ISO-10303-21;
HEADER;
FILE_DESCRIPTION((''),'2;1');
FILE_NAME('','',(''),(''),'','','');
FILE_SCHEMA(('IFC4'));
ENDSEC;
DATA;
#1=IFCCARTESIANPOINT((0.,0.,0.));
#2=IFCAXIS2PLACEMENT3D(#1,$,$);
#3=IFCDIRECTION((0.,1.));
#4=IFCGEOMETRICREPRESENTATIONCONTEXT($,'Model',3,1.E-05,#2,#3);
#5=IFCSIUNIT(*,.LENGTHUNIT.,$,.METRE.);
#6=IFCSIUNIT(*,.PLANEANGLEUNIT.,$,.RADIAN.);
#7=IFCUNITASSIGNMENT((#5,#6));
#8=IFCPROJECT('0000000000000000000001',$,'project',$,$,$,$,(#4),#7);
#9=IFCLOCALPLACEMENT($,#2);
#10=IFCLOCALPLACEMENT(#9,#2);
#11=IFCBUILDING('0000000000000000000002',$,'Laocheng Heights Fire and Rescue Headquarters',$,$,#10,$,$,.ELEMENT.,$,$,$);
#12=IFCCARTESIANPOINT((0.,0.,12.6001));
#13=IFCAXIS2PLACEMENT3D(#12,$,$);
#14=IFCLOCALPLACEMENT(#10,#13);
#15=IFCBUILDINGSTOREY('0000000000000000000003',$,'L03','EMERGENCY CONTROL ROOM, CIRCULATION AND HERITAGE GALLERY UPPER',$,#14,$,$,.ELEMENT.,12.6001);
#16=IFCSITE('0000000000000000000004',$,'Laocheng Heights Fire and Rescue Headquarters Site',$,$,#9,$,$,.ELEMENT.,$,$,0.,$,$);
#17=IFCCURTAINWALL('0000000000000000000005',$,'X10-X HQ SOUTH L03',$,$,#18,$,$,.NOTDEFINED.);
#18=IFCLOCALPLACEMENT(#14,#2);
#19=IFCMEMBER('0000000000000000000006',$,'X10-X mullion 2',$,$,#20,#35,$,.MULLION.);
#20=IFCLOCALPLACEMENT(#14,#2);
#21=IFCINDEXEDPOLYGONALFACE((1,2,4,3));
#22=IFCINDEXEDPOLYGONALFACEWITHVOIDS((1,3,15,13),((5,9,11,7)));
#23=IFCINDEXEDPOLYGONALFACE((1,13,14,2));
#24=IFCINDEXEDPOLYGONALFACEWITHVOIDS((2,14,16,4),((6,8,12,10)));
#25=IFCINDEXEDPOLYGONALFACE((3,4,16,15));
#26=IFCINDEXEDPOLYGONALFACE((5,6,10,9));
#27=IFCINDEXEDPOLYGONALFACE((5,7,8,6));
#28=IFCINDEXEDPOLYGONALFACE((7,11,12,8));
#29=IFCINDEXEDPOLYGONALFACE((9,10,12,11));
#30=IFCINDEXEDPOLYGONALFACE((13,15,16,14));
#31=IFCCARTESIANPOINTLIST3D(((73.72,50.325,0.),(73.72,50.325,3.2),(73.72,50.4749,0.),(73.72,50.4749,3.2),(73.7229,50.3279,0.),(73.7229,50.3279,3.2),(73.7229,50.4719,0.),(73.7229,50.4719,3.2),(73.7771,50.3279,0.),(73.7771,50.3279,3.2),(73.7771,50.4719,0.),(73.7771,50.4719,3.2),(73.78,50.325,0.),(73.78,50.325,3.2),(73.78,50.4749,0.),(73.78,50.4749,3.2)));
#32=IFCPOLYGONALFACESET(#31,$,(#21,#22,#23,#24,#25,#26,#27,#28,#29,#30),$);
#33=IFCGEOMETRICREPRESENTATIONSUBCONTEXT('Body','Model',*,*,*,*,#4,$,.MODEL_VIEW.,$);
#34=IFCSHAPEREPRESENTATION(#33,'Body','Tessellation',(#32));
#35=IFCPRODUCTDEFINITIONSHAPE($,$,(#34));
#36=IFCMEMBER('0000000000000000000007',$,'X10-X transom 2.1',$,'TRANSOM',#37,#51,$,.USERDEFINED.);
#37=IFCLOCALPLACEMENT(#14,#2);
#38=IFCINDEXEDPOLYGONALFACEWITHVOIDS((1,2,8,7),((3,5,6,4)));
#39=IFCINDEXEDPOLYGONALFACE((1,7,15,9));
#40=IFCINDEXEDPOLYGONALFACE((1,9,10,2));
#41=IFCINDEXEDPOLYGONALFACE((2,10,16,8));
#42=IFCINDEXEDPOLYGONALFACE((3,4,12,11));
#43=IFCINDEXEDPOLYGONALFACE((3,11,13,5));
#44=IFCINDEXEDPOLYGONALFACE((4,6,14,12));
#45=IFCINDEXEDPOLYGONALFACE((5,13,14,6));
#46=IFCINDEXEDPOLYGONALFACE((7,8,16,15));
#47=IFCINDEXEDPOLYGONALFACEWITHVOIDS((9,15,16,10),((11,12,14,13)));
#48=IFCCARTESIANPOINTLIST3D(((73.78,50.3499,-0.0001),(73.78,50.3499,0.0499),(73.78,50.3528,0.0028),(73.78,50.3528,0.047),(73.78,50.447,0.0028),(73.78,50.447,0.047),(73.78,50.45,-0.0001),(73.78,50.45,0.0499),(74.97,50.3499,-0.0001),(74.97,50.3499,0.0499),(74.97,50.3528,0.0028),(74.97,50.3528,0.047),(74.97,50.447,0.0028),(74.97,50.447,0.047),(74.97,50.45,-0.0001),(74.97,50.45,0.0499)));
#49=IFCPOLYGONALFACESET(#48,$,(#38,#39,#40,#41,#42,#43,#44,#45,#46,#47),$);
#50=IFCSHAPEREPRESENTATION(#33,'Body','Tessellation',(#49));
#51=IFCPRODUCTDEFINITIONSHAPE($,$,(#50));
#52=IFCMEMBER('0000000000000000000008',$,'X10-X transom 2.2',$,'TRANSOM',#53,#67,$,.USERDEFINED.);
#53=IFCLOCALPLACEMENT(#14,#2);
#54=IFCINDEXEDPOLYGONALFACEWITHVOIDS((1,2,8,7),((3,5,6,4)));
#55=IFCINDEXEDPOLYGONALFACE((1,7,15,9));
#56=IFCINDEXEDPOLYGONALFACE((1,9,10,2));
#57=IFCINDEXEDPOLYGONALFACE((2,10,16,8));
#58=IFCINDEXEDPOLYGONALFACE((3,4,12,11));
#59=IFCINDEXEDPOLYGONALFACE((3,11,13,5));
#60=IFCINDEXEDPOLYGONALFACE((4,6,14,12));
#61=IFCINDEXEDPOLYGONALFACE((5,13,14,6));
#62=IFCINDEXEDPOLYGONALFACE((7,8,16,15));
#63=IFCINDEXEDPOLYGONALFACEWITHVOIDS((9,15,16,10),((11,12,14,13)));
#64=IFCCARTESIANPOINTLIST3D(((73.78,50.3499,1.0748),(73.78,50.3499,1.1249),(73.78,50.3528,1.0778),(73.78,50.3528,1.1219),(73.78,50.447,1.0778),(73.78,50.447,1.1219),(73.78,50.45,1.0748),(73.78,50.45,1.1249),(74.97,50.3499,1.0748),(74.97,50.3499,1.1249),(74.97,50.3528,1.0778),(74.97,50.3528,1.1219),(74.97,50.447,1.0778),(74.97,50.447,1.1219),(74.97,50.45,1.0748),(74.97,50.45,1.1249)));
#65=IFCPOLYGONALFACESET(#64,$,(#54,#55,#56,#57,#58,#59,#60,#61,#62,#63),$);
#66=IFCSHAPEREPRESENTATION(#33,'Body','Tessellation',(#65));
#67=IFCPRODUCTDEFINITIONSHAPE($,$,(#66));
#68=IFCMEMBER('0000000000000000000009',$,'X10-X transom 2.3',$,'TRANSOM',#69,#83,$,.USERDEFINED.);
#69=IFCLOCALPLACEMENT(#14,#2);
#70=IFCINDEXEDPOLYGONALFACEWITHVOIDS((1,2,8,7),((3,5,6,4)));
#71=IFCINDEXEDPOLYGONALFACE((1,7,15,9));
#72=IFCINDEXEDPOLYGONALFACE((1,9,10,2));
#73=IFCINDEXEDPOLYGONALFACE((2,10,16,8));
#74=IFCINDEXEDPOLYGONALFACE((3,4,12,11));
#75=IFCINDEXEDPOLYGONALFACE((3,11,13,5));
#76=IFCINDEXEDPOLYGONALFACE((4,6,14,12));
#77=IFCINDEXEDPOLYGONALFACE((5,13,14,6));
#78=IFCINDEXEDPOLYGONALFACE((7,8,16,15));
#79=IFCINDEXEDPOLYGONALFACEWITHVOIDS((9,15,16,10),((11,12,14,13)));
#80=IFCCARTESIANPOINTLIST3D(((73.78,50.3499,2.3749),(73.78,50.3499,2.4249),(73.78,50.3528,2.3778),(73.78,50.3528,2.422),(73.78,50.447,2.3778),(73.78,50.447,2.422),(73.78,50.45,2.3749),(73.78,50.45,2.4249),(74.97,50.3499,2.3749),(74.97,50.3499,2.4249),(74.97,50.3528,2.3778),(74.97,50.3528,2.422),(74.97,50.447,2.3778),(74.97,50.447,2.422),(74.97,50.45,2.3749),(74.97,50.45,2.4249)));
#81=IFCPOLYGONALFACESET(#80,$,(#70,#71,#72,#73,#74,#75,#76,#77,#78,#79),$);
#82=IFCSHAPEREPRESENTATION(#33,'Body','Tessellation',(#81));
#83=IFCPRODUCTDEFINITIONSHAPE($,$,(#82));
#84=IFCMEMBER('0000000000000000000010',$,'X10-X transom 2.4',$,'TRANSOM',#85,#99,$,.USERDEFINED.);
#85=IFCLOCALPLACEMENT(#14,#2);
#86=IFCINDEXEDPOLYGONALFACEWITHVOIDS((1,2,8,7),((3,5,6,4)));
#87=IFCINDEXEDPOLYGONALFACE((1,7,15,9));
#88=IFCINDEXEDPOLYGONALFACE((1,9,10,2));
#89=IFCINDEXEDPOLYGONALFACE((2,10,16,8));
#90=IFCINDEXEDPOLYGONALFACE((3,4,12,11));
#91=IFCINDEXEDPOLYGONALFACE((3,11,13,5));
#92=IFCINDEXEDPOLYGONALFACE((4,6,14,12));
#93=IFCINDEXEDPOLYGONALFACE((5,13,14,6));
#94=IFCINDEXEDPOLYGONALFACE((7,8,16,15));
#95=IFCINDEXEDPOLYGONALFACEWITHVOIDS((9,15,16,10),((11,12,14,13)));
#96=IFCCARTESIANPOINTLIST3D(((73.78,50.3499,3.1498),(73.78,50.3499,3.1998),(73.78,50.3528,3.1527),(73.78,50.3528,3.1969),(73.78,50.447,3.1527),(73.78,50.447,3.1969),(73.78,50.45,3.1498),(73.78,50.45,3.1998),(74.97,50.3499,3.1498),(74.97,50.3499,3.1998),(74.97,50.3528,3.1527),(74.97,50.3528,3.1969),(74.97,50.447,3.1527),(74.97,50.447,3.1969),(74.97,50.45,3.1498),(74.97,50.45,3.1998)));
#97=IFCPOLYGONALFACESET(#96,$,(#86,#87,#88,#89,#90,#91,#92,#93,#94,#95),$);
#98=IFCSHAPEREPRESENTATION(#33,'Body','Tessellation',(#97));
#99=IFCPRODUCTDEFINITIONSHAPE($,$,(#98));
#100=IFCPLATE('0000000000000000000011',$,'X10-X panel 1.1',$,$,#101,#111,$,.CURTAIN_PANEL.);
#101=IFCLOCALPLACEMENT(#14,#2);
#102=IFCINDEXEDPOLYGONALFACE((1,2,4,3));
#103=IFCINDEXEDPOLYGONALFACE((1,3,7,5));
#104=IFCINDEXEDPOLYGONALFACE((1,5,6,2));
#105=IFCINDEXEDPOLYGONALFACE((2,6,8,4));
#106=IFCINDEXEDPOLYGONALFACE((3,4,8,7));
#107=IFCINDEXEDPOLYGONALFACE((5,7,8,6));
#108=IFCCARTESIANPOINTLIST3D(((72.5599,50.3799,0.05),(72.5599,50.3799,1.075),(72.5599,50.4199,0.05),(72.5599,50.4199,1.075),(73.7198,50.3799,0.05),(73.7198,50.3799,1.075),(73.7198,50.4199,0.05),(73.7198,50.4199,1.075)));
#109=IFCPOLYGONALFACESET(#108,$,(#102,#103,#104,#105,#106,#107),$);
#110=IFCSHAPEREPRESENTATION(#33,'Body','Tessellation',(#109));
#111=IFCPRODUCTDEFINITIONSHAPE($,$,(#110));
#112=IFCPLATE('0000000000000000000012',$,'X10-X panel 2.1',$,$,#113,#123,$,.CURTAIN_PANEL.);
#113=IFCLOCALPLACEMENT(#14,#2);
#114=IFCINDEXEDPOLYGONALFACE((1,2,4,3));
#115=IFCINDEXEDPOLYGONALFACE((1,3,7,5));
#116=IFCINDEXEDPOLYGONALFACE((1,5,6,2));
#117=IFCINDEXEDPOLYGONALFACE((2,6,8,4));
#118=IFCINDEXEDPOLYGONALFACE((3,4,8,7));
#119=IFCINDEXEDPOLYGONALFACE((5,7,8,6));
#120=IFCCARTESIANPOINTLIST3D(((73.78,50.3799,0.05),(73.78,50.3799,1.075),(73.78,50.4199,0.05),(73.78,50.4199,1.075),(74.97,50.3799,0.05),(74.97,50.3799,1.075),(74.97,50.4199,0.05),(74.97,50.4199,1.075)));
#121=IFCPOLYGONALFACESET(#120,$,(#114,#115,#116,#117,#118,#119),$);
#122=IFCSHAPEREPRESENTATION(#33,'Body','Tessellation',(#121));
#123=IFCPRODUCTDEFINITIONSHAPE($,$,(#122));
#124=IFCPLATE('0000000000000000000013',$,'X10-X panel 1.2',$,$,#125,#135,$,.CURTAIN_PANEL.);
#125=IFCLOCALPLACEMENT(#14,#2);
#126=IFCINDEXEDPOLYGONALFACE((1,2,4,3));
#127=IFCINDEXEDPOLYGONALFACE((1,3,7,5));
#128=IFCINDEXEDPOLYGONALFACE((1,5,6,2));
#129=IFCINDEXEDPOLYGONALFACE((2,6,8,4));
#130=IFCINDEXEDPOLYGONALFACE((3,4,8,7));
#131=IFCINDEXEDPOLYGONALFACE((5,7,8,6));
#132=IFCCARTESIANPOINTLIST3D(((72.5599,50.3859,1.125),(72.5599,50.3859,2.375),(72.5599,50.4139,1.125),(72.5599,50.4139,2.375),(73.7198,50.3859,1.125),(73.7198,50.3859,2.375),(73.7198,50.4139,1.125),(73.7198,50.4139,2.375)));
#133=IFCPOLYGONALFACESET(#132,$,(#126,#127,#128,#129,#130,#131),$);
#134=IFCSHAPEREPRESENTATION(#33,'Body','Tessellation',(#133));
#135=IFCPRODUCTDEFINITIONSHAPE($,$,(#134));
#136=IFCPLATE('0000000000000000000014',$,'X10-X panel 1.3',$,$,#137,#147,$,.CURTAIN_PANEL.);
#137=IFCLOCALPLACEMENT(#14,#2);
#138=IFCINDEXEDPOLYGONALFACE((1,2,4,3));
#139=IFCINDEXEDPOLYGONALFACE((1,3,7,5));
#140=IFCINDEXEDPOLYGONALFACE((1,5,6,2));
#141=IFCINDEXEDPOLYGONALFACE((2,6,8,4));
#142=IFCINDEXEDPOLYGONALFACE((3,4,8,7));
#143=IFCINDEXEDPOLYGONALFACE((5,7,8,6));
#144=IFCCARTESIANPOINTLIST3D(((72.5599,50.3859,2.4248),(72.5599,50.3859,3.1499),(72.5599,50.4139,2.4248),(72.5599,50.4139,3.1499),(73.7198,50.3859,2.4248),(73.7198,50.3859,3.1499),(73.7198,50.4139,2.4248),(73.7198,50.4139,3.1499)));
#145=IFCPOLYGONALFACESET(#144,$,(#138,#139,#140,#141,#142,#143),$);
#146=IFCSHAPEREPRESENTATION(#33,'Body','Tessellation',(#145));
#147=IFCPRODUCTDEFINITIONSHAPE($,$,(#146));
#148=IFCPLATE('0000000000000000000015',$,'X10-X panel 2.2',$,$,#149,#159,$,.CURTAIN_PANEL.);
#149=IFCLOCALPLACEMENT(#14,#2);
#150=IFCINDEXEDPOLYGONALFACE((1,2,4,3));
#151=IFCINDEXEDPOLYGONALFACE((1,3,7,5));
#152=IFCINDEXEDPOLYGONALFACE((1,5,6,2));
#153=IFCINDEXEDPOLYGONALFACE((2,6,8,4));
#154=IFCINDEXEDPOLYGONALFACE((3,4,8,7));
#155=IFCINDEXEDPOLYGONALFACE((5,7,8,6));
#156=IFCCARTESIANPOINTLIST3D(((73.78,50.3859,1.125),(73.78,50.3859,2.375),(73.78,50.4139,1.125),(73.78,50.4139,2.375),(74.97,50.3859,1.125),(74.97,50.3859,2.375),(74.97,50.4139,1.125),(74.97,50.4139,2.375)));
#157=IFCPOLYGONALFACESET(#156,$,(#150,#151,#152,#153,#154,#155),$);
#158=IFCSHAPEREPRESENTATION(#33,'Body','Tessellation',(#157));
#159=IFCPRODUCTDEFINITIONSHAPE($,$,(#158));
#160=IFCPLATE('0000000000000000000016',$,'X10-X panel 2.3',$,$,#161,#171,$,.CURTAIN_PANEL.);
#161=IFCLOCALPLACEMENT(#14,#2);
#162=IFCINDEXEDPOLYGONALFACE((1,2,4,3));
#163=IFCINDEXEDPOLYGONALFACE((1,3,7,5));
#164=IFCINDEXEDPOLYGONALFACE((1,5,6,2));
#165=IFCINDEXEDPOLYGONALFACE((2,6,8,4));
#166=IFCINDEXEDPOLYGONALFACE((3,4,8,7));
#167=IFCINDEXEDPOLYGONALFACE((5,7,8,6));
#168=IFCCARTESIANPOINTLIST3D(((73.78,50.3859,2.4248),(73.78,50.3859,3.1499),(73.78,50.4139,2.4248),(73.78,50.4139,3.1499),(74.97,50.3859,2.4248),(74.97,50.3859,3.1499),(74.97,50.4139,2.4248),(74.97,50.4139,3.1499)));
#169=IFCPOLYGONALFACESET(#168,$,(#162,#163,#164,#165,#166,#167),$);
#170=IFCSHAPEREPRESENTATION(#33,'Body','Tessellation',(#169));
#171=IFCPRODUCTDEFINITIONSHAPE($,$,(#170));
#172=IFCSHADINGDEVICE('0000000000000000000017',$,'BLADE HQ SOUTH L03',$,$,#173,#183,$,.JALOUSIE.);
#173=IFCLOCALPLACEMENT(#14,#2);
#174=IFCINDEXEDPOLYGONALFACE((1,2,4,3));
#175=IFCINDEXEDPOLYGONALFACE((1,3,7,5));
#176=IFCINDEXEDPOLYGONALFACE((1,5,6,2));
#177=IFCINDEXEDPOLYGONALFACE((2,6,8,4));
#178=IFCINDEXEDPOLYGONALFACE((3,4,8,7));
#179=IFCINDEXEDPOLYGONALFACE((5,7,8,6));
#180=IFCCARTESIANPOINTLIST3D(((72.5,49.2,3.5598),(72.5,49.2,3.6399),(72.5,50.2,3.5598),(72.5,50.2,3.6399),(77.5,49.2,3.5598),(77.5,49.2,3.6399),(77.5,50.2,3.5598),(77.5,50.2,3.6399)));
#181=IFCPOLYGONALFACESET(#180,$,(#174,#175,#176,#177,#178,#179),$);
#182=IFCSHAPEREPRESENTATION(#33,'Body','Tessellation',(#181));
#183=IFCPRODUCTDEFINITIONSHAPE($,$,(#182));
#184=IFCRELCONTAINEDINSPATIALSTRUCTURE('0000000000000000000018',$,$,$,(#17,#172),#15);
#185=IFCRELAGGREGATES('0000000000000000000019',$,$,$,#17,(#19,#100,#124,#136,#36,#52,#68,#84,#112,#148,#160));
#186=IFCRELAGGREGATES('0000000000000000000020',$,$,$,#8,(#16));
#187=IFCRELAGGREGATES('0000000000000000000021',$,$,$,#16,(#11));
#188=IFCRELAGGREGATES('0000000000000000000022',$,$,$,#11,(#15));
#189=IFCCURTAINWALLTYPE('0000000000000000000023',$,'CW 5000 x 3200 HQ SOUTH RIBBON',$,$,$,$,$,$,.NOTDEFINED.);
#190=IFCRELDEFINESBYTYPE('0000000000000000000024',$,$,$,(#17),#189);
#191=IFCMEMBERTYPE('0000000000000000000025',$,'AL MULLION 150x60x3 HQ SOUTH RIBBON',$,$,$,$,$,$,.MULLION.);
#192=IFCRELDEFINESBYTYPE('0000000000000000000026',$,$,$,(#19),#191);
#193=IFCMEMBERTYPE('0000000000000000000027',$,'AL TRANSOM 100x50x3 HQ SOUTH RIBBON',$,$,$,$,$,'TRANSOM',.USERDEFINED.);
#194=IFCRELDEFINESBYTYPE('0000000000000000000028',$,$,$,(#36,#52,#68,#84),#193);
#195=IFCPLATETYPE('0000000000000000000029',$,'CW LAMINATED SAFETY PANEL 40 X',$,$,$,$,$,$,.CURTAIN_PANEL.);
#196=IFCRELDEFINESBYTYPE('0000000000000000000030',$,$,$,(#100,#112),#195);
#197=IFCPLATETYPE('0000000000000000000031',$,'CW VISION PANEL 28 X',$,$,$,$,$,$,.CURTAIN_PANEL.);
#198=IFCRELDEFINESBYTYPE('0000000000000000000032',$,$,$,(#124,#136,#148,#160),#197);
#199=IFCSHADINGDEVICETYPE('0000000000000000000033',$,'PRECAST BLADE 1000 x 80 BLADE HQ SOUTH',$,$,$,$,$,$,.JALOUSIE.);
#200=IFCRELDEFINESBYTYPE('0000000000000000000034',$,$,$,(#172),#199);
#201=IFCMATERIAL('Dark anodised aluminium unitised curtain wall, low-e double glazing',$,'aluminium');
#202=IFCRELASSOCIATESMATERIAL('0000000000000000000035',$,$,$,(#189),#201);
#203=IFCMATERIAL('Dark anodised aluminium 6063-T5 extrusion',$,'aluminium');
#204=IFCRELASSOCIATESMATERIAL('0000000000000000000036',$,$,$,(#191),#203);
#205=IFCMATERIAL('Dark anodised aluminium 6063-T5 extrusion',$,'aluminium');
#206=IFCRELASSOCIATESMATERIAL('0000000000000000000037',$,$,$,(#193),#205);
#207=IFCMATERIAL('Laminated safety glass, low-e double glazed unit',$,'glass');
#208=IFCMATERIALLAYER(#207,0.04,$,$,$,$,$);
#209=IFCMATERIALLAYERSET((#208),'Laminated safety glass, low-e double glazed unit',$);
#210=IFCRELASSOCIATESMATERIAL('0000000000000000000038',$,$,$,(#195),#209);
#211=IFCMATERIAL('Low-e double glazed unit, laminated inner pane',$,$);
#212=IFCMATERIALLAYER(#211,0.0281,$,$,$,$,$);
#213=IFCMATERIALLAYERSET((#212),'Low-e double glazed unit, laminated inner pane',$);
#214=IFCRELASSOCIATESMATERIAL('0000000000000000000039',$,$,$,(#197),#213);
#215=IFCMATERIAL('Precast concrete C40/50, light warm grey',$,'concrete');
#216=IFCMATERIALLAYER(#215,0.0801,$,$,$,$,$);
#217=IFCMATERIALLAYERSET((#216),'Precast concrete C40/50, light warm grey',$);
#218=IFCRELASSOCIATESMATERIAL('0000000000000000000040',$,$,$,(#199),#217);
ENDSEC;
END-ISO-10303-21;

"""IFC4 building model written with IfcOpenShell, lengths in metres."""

from ifc_helpers import new_model, si_unit, direction, frame, origin, origin_2d, place, context, subcontext, project, spatial, rectangle, hollow_rectangle, extrude, material, layer, layer_set, material_profile, profile_set, type_object, element, aggregate, save


model = new_model("IFC4")

# Units and contexts
model_context = context("Model", 3, precision=1e-05, world=origin(), true_north=direction((0.0, 1.0)))
body_context = subcontext(model_context, "Body", "Model", "MODEL_VIEW")
ifc_project = project(units=[si_unit("LENGTHUNIT", "METRE"), si_unit("PLANEANGLEUNIT", "RADIAN")], contexts=[model_context])

# Site, building, storey
site_placement = place(None, origin())
site = spatial("IfcSite", under=ifc_project, at=site_placement, Name="Laocheng Heights Fire and Rescue Headquarters Site", CompositionType="ELEMENT", RefElevation=0.0)
building_placement = place(site_placement, origin())
building = spatial("IfcBuilding", under=site, at=building_placement, Name="Laocheng Heights Fire and Rescue Headquarters", CompositionType="ELEMENT")
storey_placement = place(building_placement, frame((0.0, 0.0, 12.6001)))
storey = spatial("IfcBuildingStorey", under=building, at=storey_placement, Name="L03", Description="EMERGENCY CONTROL ROOM, CIRCULATION AND HERITAGE GALLERY UPPER", CompositionType="ELEMENT", Elevation=12.6001)

# Curtain wall, members, plates
ifc_material_1 = material(Name="Dark anodised aluminium unitised curtain wall, low-e double glazing", Category="aluminium")
curtain_wall_type = type_object("IfcCurtainWallType", Name="CW 5000 x 3200 HQ SOUTH RIBBON", PredefinedType="NOTDEFINED", material=ifc_material_1)
curtain_wall_placement = place(storey_placement, origin())
curtain_wall = element("IfcCurtainWall", 1, at=curtain_wall_placement, inside=storey, type_object=curtain_wall_type, Name="X10-X HQ SOUTH L03", PredefinedType="NOTDEFINED")
ifc_material_2 = material(Name="Dark anodised aluminium 6063-T5 extrusion", Category="aluminium")
ifc_material_profile_1 = material_profile(ifc_material_2, hollow_rectangle(XDim=0.1499, YDim=0.0601, WallThickness=0.0029, at=origin_2d()), Name="AL MULLION 150x60x3 HQ SOUTH RIBBON")
ifc_profile_set_1 = profile_set([ifc_material_profile_1], Name="Dark anodised aluminium 6063-T5 extrusion")
member_type_1 = type_object("IfcMemberType", Name="AL MULLION 150x60x3 HQ SOUTH RIBBON", PredefinedType="MULLION", material=ifc_profile_set_1)
member_1_placement = place(storey_placement, frame((73.75, 50.3999, 0.0), z_axis=(0.0, 0.0, 1.0), x_axis=(0.0, 1.0, 0.0)))
member_1 = element("IfcMember", 2, at=member_1_placement, type_object=member_type_1, Name="X10-X mullion 2", PredefinedType="MULLION", context=body_context, shape_type="SweptSolid", body=[
    extrude(hollow_rectangle(XDim=0.1499, YDim=0.0601, WallThickness=0.0029, at=origin_2d()), origin(), (0.0, 0.0, 1.0), 3.2),
])
ifc_material_3 = material(Name="Dark anodised aluminium 6063-T5 extrusion", Category="aluminium")
ifc_material_profile_2 = material_profile(ifc_material_3, hollow_rectangle(XDim=0.1001, YDim=0.05, WallThickness=0.0029, at=origin_2d()), Name="AL TRANSOM 100x50x3 HQ SOUTH RIBBON")
ifc_profile_set_2 = profile_set([ifc_material_profile_2], Name="Dark anodised aluminium 6063-T5 extrusion")
member_type_2 = type_object("IfcMemberType", Name="AL TRANSOM 100x50x3 HQ SOUTH RIBBON", ElementType="TRANSOM", PredefinedType="USERDEFINED", material=ifc_profile_set_2)
member_2_placement = place(storey_placement, frame((73.78, 50.3999, 0.0249), z_axis=(1.0, 0.0, 0.0), x_axis=(0.0, 1.0, 0.0)))
member_2 = element("IfcMember", 3, at=member_2_placement, type_object=member_type_2, Name="X10-X transom 2.1", ObjectType="TRANSOM", PredefinedType="USERDEFINED", context=body_context, shape_type="SweptSolid", body=[
    extrude(hollow_rectangle(XDim=0.1001, YDim=0.05, WallThickness=0.0029, at=origin_2d()), origin(), (0.0, 0.0, 1.0), 1.1899),
])
member_3_placement = place(storey_placement, frame((73.78, 50.3999, 1.0999), z_axis=(1.0, 0.0, 0.0), x_axis=(0.0, 1.0, 0.0)))
member_3 = element("IfcMember", 4, at=member_3_placement, type_object=member_type_2, Name="X10-X transom 2.2", ObjectType="TRANSOM", PredefinedType="USERDEFINED", context=body_context, shape_type="SweptSolid", body=[
    extrude(hollow_rectangle(XDim=0.1001, YDim=0.05, WallThickness=0.0029, at=origin_2d()), origin(), (0.0, 0.0, 1.0), 1.1899),
])
member_4_placement = place(storey_placement, frame((73.78, 50.3999, 2.3999), z_axis=(1.0, 0.0, 0.0), x_axis=(0.0, 1.0, 0.0)))
member_4 = element("IfcMember", 5, at=member_4_placement, type_object=member_type_2, Name="X10-X transom 2.3", ObjectType="TRANSOM", PredefinedType="USERDEFINED", context=body_context, shape_type="SweptSolid", body=[
    extrude(hollow_rectangle(XDim=0.1001, YDim=0.05, WallThickness=0.0029, at=origin_2d()), origin(), (0.0, 0.0, 1.0), 1.1899),
])
member_5_placement = place(storey_placement, frame((73.78, 50.3999, 3.1748), z_axis=(1.0, 0.0, 0.0), x_axis=(0.0, 1.0, 0.0)))
member_5 = element("IfcMember", 6, at=member_5_placement, type_object=member_type_2, Name="X10-X transom 2.4", ObjectType="TRANSOM", PredefinedType="USERDEFINED", context=body_context, shape_type="SweptSolid", body=[
    extrude(hollow_rectangle(XDim=0.1001, YDim=0.05, WallThickness=0.0029, at=origin_2d()), origin(), (0.0, 0.0, 1.0), 1.1899),
])
ifc_material_4 = material(Name="Laminated safety glass, low-e double glazed unit", Category="glass")
ifc_layer_1 = layer(ifc_material_4, 0.04)
ifc_layer_set_1 = layer_set([ifc_layer_1], Name="Laminated safety glass, low-e double glazed unit")
plate_type_1 = type_object("IfcPlateType", Name="CW LAMINATED SAFETY PANEL 40 X", PredefinedType="CURTAIN_PANEL", material=ifc_layer_set_1)
plate_1_placement = place(storey_placement, frame((73.1399, 50.3999, 0.05), z_axis=(0.0, 0.0, 1.0), x_axis=(1.0, 0.0, 0.0)))
plate_1 = element("IfcPlate", 7, at=plate_1_placement, type_object=plate_type_1, Name="X10-X panel 1.1", PredefinedType="CURTAIN_PANEL", context=body_context, shape_type="SweptSolid", body=[
    extrude(rectangle(XDim=1.1599, YDim=0.04, at=origin_2d()), origin(), (0.0, 0.0, 1.0), 1.0249),
])
plate_2_placement = place(storey_placement, frame((74.375, 50.3999, 0.05), z_axis=(0.0, 0.0, 1.0), x_axis=(1.0, 0.0, 0.0)))
plate_2 = element("IfcPlate", 8, at=plate_2_placement, type_object=plate_type_1, Name="X10-X panel 2.1", PredefinedType="CURTAIN_PANEL", context=body_context, shape_type="SweptSolid", body=[
    extrude(rectangle(XDim=1.1899, YDim=0.04, at=origin_2d()), origin(), (0.0, 0.0, 1.0), 1.0249),
])
ifc_material_5 = material(Name="Low-e double glazed unit, laminated inner pane")
ifc_layer_2 = layer(ifc_material_5, 0.0281)
ifc_layer_set_2 = layer_set([ifc_layer_2], Name="Low-e double glazed unit, laminated inner pane")
plate_type_2 = type_object("IfcPlateType", Name="CW VISION PANEL 28 X", PredefinedType="CURTAIN_PANEL", material=ifc_layer_set_2)
plate_3_placement = place(storey_placement, frame((73.1399, 50.3999, 1.125), z_axis=(0.0, 0.0, 1.0), x_axis=(1.0, 0.0, 0.0)))
plate_3 = element("IfcPlate", 9, at=plate_3_placement, type_object=plate_type_2, Name="X10-X panel 1.2", PredefinedType="CURTAIN_PANEL", context=body_context, shape_type="SweptSolid", body=[
    extrude(rectangle(XDim=1.1599, YDim=0.0281, at=origin_2d()), origin(), (0.0, 0.0, 1.0), 1.25),
])
plate_4_placement = place(storey_placement, frame((73.1399, 50.3999, 2.4248), z_axis=(0.0, 0.0, 1.0), x_axis=(1.0, 0.0, 0.0)))
plate_4 = element("IfcPlate", 10, at=plate_4_placement, type_object=plate_type_2, Name="X10-X panel 1.3", PredefinedType="CURTAIN_PANEL", context=body_context, shape_type="SweptSolid", body=[
    extrude(rectangle(XDim=1.1599, YDim=0.0281, at=origin_2d()), origin(), (0.0, 0.0, 1.0), 0.7251),
])
plate_5_placement = place(storey_placement, frame((74.375, 50.3999, 1.125), z_axis=(0.0, 0.0, 1.0), x_axis=(1.0, 0.0, 0.0)))
plate_5 = element("IfcPlate", 11, at=plate_5_placement, type_object=plate_type_2, Name="X10-X panel 2.2", PredefinedType="CURTAIN_PANEL", context=body_context, shape_type="SweptSolid", body=[
    extrude(rectangle(XDim=1.1899, YDim=0.0281, at=origin_2d()), origin(), (0.0, 0.0, 1.0), 1.25),
])
plate_6_placement = place(storey_placement, frame((74.375, 50.3999, 2.4248), z_axis=(0.0, 0.0, 1.0), x_axis=(1.0, 0.0, 0.0)))
plate_6 = element("IfcPlate", 12, at=plate_6_placement, type_object=plate_type_2, Name="X10-X panel 2.3", PredefinedType="CURTAIN_PANEL", context=body_context, shape_type="SweptSolid", body=[
    extrude(rectangle(XDim=1.1899, YDim=0.0281, at=origin_2d()), origin(), (0.0, 0.0, 1.0), 0.7251),
])
aggregate(curtain_wall, [member_1, plate_1, plate_3, plate_4, member_2, member_3, member_4, member_5, plate_2, plate_5, plate_6])

# Shading device
ifc_material_6 = material(Name="Precast concrete C40/50, light warm grey", Category="concrete")
ifc_layer_3 = layer(ifc_material_6, 0.0801)
ifc_layer_set_3 = layer_set([ifc_layer_3], Name="Precast concrete C40/50, light warm grey")
shading_device_type = type_object("IfcShadingDeviceType", Name="PRECAST BLADE 1000 x 80 BLADE HQ SOUTH", PredefinedType="JALOUSIE", material=ifc_layer_set_3)
for number, where, z_axis, x_axis, name in (
    (13, (75.0, 49.7, 3.5598), (0.0, 0.0, 1.0), (1.0, 0.0, 0.0), "BLADE HQ SOUTH L03"),
):
    element("IfcShadingDevice", number, at=place(storey_placement, frame(where, z_axis=z_axis, x_axis=x_axis)), inside=storey, type_object=shading_device_type, Name=name, PredefinedType="JALOUSIE", context=body_context, shape_type="SweptSolid", body=[
        extrude(rectangle(XDim=5.0, YDim=1.0, at=origin_2d()), origin(), (0.0, 0.0, 1.0), 0.0801),
    ])

save(model, "model.ifc")
